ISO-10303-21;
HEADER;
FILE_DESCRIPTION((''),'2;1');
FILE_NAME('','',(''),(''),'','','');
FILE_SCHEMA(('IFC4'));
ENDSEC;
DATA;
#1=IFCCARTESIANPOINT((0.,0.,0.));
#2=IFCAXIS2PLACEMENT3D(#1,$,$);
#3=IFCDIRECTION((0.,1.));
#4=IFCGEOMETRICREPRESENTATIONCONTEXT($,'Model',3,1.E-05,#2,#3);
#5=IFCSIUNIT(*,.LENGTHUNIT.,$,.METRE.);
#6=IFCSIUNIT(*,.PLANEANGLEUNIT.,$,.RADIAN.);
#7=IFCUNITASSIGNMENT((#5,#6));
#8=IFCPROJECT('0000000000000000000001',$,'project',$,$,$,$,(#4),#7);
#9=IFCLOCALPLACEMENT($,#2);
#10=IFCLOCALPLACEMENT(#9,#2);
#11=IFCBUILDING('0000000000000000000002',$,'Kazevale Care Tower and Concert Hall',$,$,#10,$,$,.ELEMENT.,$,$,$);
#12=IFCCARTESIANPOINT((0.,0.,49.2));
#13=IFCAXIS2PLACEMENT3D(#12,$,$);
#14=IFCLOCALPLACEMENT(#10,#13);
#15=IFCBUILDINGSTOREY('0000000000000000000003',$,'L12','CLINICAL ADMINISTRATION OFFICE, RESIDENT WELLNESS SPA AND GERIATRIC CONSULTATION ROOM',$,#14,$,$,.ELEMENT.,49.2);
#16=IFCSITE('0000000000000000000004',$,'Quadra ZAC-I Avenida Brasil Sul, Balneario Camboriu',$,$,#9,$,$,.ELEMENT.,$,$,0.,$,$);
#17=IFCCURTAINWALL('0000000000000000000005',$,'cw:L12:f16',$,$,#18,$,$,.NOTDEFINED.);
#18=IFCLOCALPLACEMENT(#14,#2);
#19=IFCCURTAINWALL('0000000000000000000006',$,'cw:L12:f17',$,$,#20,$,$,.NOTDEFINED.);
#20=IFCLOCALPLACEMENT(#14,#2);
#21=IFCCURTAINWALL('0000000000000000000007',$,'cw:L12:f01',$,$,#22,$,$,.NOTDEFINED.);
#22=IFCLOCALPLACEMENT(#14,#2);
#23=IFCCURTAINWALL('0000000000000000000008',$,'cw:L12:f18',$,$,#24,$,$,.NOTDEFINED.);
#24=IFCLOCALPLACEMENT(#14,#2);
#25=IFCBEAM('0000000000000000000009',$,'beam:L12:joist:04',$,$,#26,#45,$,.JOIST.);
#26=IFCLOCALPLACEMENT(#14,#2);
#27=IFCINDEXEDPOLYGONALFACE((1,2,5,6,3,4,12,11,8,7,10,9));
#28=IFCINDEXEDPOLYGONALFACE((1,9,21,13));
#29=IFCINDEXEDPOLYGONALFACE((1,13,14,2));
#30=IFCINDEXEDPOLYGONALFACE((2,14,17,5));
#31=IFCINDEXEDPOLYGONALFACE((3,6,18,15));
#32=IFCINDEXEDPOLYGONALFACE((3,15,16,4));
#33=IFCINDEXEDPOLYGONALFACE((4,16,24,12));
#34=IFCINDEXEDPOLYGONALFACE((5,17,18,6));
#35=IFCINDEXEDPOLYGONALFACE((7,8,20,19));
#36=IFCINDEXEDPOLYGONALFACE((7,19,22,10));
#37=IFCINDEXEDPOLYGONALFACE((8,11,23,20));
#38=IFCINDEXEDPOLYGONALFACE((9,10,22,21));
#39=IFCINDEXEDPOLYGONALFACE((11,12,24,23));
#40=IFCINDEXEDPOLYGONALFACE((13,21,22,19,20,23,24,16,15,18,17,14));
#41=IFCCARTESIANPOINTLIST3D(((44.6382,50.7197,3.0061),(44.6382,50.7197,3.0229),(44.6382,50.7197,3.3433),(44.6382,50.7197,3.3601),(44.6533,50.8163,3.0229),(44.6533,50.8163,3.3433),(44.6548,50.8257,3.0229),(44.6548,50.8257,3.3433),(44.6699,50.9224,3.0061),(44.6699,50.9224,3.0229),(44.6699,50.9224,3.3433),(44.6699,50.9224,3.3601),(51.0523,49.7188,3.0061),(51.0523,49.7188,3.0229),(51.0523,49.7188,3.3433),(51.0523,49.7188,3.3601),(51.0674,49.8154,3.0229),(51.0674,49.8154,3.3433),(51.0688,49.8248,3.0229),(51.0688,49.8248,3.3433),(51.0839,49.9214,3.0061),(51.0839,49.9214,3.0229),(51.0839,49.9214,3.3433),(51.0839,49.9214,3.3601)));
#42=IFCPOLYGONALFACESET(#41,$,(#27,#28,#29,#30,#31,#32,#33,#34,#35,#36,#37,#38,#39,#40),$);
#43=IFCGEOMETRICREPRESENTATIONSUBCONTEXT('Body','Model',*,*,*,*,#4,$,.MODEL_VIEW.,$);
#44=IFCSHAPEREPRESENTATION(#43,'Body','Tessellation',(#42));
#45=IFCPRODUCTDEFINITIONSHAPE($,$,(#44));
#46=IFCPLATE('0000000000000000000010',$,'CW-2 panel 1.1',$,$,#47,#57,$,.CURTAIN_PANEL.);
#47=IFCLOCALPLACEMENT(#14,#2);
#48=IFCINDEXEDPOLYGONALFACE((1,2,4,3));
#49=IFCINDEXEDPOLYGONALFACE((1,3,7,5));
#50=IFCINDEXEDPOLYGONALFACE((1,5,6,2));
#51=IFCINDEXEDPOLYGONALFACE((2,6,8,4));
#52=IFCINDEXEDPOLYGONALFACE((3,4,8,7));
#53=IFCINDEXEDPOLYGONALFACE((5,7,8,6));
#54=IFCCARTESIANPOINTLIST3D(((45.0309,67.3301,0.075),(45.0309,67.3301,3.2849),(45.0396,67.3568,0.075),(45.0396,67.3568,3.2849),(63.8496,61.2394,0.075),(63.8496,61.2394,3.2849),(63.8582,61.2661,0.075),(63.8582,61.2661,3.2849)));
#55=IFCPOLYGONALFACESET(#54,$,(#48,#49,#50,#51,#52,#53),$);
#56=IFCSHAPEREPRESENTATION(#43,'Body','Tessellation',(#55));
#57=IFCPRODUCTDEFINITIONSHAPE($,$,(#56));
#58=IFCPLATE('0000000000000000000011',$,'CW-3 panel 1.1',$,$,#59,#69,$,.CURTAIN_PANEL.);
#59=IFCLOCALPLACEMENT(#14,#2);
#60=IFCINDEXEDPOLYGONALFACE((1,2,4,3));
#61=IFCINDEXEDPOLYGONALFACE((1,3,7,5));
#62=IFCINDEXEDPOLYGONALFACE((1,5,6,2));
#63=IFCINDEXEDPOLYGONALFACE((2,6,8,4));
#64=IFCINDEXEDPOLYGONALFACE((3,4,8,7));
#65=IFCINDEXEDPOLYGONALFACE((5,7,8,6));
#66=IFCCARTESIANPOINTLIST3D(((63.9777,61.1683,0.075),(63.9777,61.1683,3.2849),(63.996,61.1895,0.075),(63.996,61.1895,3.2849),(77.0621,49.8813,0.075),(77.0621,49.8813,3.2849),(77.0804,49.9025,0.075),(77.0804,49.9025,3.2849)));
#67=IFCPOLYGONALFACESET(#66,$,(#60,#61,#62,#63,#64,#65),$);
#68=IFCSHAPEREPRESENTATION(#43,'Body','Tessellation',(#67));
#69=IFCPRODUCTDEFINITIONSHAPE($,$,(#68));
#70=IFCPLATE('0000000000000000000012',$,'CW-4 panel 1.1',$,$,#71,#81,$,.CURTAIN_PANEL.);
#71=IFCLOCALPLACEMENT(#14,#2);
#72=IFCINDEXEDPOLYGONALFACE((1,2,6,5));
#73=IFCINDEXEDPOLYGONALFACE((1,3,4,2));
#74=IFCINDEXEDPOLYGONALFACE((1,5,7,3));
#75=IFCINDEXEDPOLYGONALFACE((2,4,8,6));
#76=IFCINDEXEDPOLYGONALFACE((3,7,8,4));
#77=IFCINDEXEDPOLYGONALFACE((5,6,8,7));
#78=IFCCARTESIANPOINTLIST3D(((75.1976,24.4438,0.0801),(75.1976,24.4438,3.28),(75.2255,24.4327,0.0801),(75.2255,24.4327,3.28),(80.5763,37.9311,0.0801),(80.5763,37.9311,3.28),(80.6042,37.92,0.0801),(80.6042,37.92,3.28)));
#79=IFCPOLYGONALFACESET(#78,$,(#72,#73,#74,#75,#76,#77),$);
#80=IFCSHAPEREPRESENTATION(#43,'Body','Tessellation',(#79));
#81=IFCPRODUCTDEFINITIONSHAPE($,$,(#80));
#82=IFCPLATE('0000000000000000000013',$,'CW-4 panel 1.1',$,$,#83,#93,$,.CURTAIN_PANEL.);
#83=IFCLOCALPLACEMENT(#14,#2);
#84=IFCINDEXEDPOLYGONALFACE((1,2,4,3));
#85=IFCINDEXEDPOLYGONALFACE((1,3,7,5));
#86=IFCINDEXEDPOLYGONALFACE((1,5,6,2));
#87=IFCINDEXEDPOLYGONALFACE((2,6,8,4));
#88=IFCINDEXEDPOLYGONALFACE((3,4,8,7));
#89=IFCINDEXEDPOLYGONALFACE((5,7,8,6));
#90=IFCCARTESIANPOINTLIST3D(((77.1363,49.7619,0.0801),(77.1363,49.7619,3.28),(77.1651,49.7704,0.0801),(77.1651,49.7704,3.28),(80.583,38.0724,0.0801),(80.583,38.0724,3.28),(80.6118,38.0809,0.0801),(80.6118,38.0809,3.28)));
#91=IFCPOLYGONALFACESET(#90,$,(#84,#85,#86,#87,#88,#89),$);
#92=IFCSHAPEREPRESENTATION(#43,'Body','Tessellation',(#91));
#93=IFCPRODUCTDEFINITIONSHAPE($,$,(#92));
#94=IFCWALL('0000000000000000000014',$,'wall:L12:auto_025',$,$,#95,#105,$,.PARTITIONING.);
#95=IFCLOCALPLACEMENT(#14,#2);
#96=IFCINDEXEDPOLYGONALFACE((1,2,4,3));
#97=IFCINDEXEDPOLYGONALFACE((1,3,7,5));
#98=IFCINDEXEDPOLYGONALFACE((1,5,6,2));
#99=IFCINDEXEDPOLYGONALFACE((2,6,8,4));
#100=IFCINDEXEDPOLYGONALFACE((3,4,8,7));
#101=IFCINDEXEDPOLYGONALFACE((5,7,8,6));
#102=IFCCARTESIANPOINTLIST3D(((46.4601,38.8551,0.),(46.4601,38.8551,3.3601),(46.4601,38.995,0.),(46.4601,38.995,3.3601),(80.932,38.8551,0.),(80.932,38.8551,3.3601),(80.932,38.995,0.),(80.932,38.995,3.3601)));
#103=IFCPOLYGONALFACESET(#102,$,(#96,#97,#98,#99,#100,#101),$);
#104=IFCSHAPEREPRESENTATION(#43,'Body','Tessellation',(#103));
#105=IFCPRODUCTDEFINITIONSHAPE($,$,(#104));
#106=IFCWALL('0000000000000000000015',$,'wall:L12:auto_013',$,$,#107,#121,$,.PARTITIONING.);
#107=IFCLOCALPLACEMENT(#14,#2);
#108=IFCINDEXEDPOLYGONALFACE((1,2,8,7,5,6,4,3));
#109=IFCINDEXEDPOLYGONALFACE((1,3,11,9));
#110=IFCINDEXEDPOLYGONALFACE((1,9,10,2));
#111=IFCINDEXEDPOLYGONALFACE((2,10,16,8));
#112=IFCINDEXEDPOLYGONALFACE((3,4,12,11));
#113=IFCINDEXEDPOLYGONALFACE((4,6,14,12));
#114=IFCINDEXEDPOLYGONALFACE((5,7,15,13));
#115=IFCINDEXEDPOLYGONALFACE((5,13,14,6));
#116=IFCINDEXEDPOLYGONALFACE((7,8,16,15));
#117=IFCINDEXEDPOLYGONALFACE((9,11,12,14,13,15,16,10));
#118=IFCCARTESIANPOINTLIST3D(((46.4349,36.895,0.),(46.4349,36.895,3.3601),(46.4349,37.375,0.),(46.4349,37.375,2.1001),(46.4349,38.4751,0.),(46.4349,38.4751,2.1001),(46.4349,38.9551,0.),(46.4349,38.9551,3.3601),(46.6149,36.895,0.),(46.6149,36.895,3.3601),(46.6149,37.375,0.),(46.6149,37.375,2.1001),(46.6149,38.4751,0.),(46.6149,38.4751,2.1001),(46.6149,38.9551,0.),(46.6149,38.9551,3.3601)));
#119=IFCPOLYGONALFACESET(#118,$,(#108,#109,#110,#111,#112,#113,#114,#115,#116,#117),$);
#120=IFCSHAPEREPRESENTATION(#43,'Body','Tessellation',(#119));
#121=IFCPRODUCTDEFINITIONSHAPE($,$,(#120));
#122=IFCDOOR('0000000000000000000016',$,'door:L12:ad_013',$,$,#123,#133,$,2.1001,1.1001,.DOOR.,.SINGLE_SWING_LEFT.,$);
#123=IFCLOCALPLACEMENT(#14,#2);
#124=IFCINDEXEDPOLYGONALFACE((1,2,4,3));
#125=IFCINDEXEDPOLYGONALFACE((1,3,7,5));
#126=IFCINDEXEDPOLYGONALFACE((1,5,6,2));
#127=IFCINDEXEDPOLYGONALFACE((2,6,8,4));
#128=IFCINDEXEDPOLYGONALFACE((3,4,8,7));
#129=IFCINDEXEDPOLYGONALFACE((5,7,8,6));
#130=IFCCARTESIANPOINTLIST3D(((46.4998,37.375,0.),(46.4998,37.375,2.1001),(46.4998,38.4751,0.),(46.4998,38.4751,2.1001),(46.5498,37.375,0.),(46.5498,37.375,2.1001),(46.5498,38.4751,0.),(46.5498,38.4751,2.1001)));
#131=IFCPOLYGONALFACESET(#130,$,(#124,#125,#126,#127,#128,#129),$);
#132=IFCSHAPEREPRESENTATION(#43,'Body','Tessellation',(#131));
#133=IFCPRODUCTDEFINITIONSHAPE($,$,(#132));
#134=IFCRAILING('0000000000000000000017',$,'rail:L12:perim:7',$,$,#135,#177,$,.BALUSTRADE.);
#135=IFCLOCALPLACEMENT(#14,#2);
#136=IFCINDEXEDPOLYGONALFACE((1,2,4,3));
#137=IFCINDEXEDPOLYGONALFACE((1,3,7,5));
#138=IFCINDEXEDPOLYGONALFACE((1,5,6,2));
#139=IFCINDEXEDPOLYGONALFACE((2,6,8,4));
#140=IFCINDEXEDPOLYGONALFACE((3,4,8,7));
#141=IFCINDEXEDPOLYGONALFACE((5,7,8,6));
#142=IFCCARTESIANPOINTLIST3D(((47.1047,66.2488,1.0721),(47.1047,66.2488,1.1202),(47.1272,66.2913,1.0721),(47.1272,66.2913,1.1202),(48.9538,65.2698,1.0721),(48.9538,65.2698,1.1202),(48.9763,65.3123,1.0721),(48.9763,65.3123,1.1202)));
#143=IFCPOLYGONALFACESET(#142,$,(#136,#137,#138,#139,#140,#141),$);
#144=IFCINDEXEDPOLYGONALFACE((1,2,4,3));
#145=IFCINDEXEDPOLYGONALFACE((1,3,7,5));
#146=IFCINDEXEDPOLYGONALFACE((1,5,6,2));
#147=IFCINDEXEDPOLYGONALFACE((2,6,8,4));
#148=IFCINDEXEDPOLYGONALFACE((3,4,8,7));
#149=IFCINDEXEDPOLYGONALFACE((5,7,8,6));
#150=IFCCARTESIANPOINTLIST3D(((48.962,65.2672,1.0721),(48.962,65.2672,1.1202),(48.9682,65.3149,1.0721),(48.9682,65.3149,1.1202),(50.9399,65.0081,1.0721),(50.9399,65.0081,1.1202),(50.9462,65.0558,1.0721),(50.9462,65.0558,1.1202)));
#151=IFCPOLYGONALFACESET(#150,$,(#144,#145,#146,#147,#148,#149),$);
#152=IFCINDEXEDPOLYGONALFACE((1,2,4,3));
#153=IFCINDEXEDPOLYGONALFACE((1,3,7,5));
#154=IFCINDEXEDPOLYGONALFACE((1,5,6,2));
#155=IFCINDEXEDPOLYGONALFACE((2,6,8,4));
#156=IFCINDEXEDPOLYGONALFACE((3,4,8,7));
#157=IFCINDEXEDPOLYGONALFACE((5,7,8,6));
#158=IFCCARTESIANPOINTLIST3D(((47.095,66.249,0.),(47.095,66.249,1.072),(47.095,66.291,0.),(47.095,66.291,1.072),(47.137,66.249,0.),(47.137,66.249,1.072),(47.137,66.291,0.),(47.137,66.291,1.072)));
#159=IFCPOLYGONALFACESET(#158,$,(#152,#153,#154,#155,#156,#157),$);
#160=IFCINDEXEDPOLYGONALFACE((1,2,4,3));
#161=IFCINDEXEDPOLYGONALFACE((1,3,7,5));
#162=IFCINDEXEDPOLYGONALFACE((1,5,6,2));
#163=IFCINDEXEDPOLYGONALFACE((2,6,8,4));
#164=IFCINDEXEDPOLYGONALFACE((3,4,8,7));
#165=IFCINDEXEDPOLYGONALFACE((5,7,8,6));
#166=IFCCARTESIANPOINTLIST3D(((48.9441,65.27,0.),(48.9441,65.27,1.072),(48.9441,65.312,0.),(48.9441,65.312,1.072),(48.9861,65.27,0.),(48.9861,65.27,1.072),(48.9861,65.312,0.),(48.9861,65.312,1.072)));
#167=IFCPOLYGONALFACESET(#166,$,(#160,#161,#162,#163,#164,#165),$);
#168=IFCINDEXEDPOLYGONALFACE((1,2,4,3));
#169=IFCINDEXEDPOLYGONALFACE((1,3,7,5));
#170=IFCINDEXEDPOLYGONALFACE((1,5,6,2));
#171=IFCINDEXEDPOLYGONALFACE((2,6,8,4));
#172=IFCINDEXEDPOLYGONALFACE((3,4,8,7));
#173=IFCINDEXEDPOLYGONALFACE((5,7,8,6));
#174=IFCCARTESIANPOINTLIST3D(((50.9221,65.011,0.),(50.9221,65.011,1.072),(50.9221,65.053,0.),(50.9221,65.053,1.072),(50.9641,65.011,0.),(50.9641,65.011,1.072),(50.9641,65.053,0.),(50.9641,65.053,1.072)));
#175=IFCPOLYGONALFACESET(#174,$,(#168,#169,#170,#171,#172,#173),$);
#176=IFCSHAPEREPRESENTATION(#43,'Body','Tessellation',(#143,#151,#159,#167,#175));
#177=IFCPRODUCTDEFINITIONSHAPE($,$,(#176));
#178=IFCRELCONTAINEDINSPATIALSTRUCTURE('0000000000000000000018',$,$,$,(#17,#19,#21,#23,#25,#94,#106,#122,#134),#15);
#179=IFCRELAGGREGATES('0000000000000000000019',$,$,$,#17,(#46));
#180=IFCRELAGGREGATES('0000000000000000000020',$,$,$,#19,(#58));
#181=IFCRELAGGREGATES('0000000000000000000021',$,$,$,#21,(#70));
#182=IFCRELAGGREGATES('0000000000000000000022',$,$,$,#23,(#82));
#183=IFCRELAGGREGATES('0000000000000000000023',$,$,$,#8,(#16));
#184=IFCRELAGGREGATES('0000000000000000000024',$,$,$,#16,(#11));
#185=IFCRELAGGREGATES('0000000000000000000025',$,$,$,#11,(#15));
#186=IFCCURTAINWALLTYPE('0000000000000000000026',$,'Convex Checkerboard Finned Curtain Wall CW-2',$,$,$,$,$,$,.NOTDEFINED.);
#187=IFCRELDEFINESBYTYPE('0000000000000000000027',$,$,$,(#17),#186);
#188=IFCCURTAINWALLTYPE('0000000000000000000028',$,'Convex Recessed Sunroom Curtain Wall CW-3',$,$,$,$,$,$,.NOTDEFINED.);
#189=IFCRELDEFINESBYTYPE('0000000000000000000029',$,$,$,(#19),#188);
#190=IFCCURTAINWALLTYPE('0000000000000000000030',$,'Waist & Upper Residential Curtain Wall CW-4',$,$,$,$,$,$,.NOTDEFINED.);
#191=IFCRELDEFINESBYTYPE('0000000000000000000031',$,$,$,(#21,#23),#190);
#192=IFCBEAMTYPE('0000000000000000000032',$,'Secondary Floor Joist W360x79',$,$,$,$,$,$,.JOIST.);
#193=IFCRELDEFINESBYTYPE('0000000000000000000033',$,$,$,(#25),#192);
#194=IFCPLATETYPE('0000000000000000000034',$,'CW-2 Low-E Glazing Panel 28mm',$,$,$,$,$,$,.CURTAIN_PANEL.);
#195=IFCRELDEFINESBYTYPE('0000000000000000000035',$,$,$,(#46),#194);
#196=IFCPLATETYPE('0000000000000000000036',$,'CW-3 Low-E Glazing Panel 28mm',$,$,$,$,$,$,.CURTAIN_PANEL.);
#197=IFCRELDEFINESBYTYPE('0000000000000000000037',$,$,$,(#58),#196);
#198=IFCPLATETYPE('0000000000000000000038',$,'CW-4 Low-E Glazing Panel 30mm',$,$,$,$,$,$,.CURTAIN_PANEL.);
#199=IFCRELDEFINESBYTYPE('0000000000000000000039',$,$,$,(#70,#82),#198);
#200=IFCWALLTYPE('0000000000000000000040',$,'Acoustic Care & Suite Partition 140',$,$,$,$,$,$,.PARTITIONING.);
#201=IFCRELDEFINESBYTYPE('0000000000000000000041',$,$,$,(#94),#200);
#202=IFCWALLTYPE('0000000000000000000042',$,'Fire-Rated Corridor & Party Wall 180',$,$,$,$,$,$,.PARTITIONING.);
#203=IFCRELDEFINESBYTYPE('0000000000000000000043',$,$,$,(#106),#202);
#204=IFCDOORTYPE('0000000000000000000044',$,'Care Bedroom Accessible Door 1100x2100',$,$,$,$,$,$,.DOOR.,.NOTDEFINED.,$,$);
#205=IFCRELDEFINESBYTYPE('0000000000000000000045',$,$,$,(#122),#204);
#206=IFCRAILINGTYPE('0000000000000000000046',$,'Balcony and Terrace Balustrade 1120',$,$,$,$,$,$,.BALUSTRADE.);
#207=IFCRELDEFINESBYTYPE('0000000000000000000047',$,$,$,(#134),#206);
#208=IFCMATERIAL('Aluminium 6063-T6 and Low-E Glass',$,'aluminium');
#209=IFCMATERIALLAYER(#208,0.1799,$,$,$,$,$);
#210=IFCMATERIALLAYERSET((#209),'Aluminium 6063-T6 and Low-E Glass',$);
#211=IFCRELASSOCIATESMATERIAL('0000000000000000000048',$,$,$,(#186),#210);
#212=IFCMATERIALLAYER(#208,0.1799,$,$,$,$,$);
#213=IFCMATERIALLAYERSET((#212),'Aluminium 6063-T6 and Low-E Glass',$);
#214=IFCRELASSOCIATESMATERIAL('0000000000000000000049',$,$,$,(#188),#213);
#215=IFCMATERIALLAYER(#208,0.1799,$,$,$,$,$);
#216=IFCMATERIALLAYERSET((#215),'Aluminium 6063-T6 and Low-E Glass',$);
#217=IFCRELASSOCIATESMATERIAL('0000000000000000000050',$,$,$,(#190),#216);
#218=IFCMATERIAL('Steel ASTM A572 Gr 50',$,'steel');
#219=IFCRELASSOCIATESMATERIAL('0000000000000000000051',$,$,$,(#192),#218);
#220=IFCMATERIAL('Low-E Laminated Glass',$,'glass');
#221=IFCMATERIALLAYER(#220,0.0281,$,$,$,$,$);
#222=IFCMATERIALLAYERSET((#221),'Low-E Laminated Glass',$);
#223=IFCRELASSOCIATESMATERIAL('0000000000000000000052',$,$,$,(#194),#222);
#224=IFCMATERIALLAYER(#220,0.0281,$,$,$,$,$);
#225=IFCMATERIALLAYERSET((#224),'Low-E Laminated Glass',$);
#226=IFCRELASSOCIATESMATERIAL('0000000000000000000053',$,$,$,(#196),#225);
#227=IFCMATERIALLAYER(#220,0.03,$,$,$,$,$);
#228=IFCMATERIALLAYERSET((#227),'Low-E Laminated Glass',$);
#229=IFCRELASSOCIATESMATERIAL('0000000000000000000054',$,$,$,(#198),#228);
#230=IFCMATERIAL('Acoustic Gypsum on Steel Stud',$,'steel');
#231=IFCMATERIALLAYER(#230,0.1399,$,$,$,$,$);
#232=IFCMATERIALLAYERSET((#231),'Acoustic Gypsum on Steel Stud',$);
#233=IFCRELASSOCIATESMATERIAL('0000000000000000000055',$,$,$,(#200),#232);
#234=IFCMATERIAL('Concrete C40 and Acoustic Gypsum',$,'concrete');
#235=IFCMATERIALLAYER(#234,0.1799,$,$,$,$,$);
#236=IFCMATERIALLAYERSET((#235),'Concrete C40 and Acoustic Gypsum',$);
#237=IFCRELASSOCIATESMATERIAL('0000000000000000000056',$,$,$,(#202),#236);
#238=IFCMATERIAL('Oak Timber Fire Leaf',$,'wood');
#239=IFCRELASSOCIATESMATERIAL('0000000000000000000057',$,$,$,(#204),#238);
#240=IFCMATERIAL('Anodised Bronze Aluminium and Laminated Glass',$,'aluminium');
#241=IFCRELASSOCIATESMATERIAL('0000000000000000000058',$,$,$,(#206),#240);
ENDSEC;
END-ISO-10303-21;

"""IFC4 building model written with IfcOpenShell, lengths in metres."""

from ifc_helpers import new_model, si_unit, direction, frame, frame_2d, origin, origin_2d, place, context, subcontext, project, spatial, rectangle, i_section, extrude, material, layer, layer_set, material_profile, profile_set, type_object, element, fill, aggregate, save


model = new_model("IFC4")

# Units and contexts
model_context = context("Model", 3, precision=1e-05, world=origin(), true_north=direction((0.0, 1.0)))
body_context = subcontext(model_context, "Body", "Model", "MODEL_VIEW")
ifc_project = project(units=[si_unit("LENGTHUNIT", "METRE"), si_unit("PLANEANGLEUNIT", "RADIAN")], contexts=[model_context])

# Site, building, storey
site_placement = place(None, origin())
site = spatial("IfcSite", under=ifc_project, at=site_placement, Name="Quadra ZAC-I Avenida Brasil Sul, Balneario Camboriu", CompositionType="ELEMENT", RefElevation=0.0)
building_placement = place(site_placement, origin())
building = spatial("IfcBuilding", under=site, at=building_placement, Name="Kazevale Care Tower and Concert Hall", CompositionType="ELEMENT")
storey_placement = place(building_placement, frame((0.0, 0.0, 49.2)))
storey = spatial("IfcBuildingStorey", under=building, at=storey_placement, Name="L12", Description="CLINICAL ADMINISTRATION OFFICE, RESIDENT WELLNESS SPA AND GERIATRIC CONSULTATION ROOM", CompositionType="ELEMENT", Elevation=49.2)

# Curtain wall
ifc_material_1 = material(Name="Aluminium 6063-T6 and Low-E Glass", Category="aluminium")
ifc_layer_1 = layer(ifc_material_1, 0.1799)
ifc_layer_set_1 = layer_set([ifc_layer_1], Name="Aluminium 6063-T6 and Low-E Glass")
curtain_wall_type_1 = type_object("IfcCurtainWallType", Name="Convex Checkerboard Finned Curtain Wall CW-2", PredefinedType="NOTDEFINED", material=ifc_layer_set_1)
curtain_wall_1_placement = place(storey_placement, origin())
curtain_wall_1 = element("IfcCurtainWall", 1, at=curtain_wall_1_placement, inside=storey, type_object=curtain_wall_type_1, Name="cw:L12:f16", PredefinedType="NOTDEFINED")

# Curtain wall
ifc_layer_2 = layer(ifc_material_1, 0.1799)
ifc_layer_set_2 = layer_set([ifc_layer_2], Name="Aluminium 6063-T6 and Low-E Glass")
curtain_wall_type_2 = type_object("IfcCurtainWallType", Name="Convex Recessed Sunroom Curtain Wall CW-3", PredefinedType="NOTDEFINED", material=ifc_layer_set_2)
curtain_wall_2_placement = place(storey_placement, origin())
curtain_wall_2 = element("IfcCurtainWall", 2, at=curtain_wall_2_placement, inside=storey, type_object=curtain_wall_type_2, Name="cw:L12:f17", PredefinedType="NOTDEFINED")

# Curtain wall
ifc_layer_3 = layer(ifc_material_1, 0.1799)
ifc_layer_set_3 = layer_set([ifc_layer_3], Name="Aluminium 6063-T6 and Low-E Glass")
curtain_wall_type_3 = type_object("IfcCurtainWallType", Name="Waist & Upper Residential Curtain Wall CW-4", PredefinedType="NOTDEFINED", material=ifc_layer_set_3)
curtain_wall_3_placement = place(storey_placement, origin())
curtain_wall_3 = element("IfcCurtainWall", 3, at=curtain_wall_3_placement, inside=storey, type_object=curtain_wall_type_3, Name="cw:L12:f01", PredefinedType="NOTDEFINED")

# Curtain wall
curtain_wall_4_placement = place(storey_placement, origin())
curtain_wall_4 = element("IfcCurtainWall", 4, at=curtain_wall_4_placement, inside=storey, type_object=curtain_wall_type_3, Name="cw:L12:f18", PredefinedType="NOTDEFINED")

# Beam
ifc_material_2 = material(Name="Steel ASTM A572 Gr 50", Category="steel")
ifc_material_profile_1 = material_profile(ifc_material_2, i_section(OverallWidth=0.2051, OverallDepth=0.354, WebThickness=0.0095, FlangeThickness=0.0168, at=origin_2d()), Name="W360x79")
ifc_profile_set_1 = profile_set([ifc_material_profile_1], Name="Steel ASTM A572 Gr 50")
beam_type_1 = type_object("IfcBeamType", Name="Secondary Floor Joist W360x79", PredefinedType="JOIST", material=ifc_profile_set_1)
beam_1_placement = place(storey_placement, frame((51.0681, 49.8201, 3.1831), z_axis=(-0.988041, 0.154193, 0.0), x_axis=(-0.154193, -0.988041, 0.0)))
element("IfcBeam", 5, at=beam_1_placement, inside=storey, type_object=beam_type_1, Name="beam:L12:joist:04", PredefinedType="JOIST", context=body_context, shape_type="SweptSolid", body=[
    extrude(i_section(OverallWidth=0.2051, OverallDepth=0.354, WebThickness=0.0095, FlangeThickness=0.0168, at=origin_2d()), origin(), (0.0, 0.0, 1.0), 6.4917),
])

# Plates
ifc_material_3 = material(Name="Low-E Laminated Glass", Category="glass")
ifc_layer_4 = layer(ifc_material_3, 0.0281)
ifc_layer_set_4 = layer_set([ifc_layer_4], Name="Low-E Laminated Glass")
plate_type_1 = type_object("IfcPlateType", Name="CW-2 Low-E Glazing Panel 28mm", PredefinedType="CURTAIN_PANEL", material=ifc_layer_set_4)
plate_1_placement = place(storey_placement, frame((54.4446, 64.2981, 0.075), z_axis=(0.0, 0.0, 1.0), x_axis=(0.95141, -0.307926, 0.0)))
plate_1 = element("IfcPlate", 6, at=plate_1_placement, type_object=plate_type_1, Name="CW-2 panel 1.1", PredefinedType="CURTAIN_PANEL", context=body_context, shape_type="SweptSolid", body=[
    extrude(rectangle(XDim=19.7798, YDim=0.0281, at=origin_2d()), origin(), (0.0, 0.0, 1.0), 3.21),
])
aggregate(curtain_wall_1, [plate_1])
ifc_layer_5 = layer(ifc_material_3, 0.0281)
ifc_layer_set_5 = layer_set([ifc_layer_5], Name="Low-E Laminated Glass")
plate_type_2 = type_object("IfcPlateType", Name="CW-3 Low-E Glazing Panel 28mm", PredefinedType="CURTAIN_PANEL", material=ifc_layer_set_5)
plate_2_placement = place(storey_placement, frame((70.5291, 55.5354, 0.075), z_axis=(0.0, 0.0, 1.0), x_axis=(0.7572, -0.653184, 0.0)))
plate_2 = element("IfcPlate", 7, at=plate_2_placement, type_object=plate_type_2, Name="CW-3 panel 1.1", PredefinedType="CURTAIN_PANEL", context=body_context, shape_type="SweptSolid", body=[
    extrude(rectangle(XDim=17.28, YDim=0.0281, at=origin_2d()), origin(), (0.0, 0.0, 1.0), 3.21),
])
aggregate(curtain_wall_2, [plate_2])
ifc_layer_6 = layer(ifc_material_3, 0.03)
ifc_layer_set_6 = layer_set([ifc_layer_6], Name="Low-E Laminated Glass")
plate_type_3 = type_object("IfcPlateType", Name="CW-4 Low-E Glazing Panel 30mm", PredefinedType="CURTAIN_PANEL", material=ifc_layer_set_6)
plate_3_placement = place(storey_placement, frame((77.9009, 31.1819, 0.0801), z_axis=(0.0, 0.0, 1.0), x_axis=(-0.370427, -0.928861, 0.0)))
plate_3 = element("IfcPlate", 8, at=plate_3_placement, type_object=plate_type_3, Name="CW-4 panel 1.1", PredefinedType="CURTAIN_PANEL", context=body_context, shape_type="SweptSolid", body=[
    extrude(rectangle(XDim=14.5203, YDim=0.03, at=origin_2d()), origin(), (0.0, 0.0, 1.0), 3.2),
])
aggregate(curtain_wall_3, [plate_3])
plate_4_placement = place(storey_placement, frame((78.874, 43.9214, 0.0801), z_axis=(0.0, 0.0, 1.0), x_axis=(0.28282, -0.959173, 0.0)))
plate_4 = element("IfcPlate", 9, at=plate_4_placement, type_object=plate_type_3, Name="CW-4 panel 1.1", PredefinedType="CURTAIN_PANEL", context=body_context, shape_type="SweptSolid", body=[
    extrude(rectangle(XDim=12.187, YDim=0.03, at=origin_2d()), origin(), (0.0, 0.0, 1.0), 3.2),
])
aggregate(curtain_wall_4, [plate_4])

# Wall
ifc_material_4 = material(Name="Acoustic Gypsum on Steel Stud", Category="steel")
ifc_layer_7 = layer(ifc_material_4, 0.1399)
ifc_layer_set_7 = layer_set([ifc_layer_7], Name="Acoustic Gypsum on Steel Stud")
wall_type_1 = type_object("IfcWallType", Name="Acoustic Care & Suite Partition 140", PredefinedType="PARTITIONING", material=ifc_layer_set_7)
wall_1_placement = place(storey_placement, frame((80.9319, 38.925, 0.0), z_axis=(0.0, 0.0, 1.0), x_axis=(-1.0, 0.0, 0.0)))
element("IfcWall", 10, at=wall_1_placement, inside=storey, type_object=wall_type_1, Name="wall:L12:auto_025", PredefinedType="PARTITIONING", context=body_context, shape_type="SweptSolid", body=[
    extrude(rectangle(XDim=34.4719, YDim=0.1399, at=frame_2d((17.2358, 0.0))), origin(), (0.0, 0.0, 1.0), 3.3601),
])

# Wall, opening, door
ifc_material_5 = material(Name="Concrete C40 and Acoustic Gypsum", Category="concrete")
ifc_layer_8 = layer(ifc_material_5, 0.1799)
ifc_layer_set_8 = layer_set([ifc_layer_8], Name="Concrete C40 and Acoustic Gypsum")
wall_type_2 = type_object("IfcWallType", Name="Fire-Rated Corridor & Party Wall 180", PredefinedType="PARTITIONING", material=ifc_layer_set_8)
wall_2_placement = place(storey_placement, frame((46.5249, 38.9551, 0.0), z_axis=(0.0, 0.0, 1.0), x_axis=(0.0, -1.0, 0.0)))
wall_2 = element("IfcWall", 11, at=wall_2_placement, inside=storey, type_object=wall_type_2, Name="wall:L12:auto_013", PredefinedType="PARTITIONING", context=body_context, shape_type="SweptSolid", body=[
    extrude(rectangle(XDim=2.0601, YDim=0.1799, at=frame_2d((1.03, 0.0))), origin(), (0.0, 0.0, 1.0), 3.3601),
])
opening_placement = place(wall_2_placement, frame((0.48, 0.0, 0.0)))
opening = element("IfcOpeningElement", 12, at=opening_placement, cuts=wall_2, PredefinedType="OPENING", context=body_context, shape_type="SweptSolid", body=[
    extrude(rectangle(XDim=1.1001, YDim=2.1001, at=frame_2d((0.55, 1.05))), frame((0.0, 0.0999, 0.0), z_axis=(0.0, -1.0, 0.0), x_axis=(1.0, 0.0, 0.0)), (0.0, 0.0, 1.0), 0.2),
])
ifc_material_6 = material(Name="Oak Timber Fire Leaf", Category="wood")
door_type = type_object("IfcDoorType", Name="Care Bedroom Accessible Door 1100x2100", OperationType="NOTDEFINED", PredefinedType="DOOR", material=ifc_material_6)
door_placement = place(opening_placement, origin())
door = element("IfcDoor", 13, at=door_placement, inside=storey, type_object=door_type, Name="door:L12:ad_013", OperationType="SINGLE_SWING_LEFT", OverallHeight=2.1001, OverallWidth=1.1001, PredefinedType="DOOR", context=body_context, shape_type="SweptSolid", body=[
    extrude(rectangle(XDim=1.1001, YDim=2.1001, at=frame_2d((0.55, 1.05))), frame((0.0, 0.0249, 0.0), z_axis=(0.0, -1.0, 0.0), x_axis=(1.0, 0.0, 0.0)), (0.0, 0.0, 1.0), 0.05),
])
fill(opening, door)

# Railing
ifc_material_7 = material(Name="Anodised Bronze Aluminium and Laminated Glass", Category="aluminium")
railing_type = type_object("IfcRailingType", Name="Balcony and Terrace Balustrade 1120", PredefinedType="BALUSTRADE", material=ifc_material_7)
railing_1_placement = place(storey_placement, frame((47.116, 66.27, 0.0)))
element("IfcRailing", 14, at=railing_1_placement, inside=storey, type_object=railing_type, Name="rail:L12:perim:7", PredefinedType="BALUSTRADE", context=body_context, shape_type="SweptSolid", body=[
    extrude(rectangle(XDim=0.0481, YDim=0.0481, at=origin_2d()), frame((0.0, 0.0, 1.0962), z_axis=(0.883777, -0.467909, 0.0), x_axis=(0.467909, 0.883777, 0.0)), (0.0, 0.0, 1.0), 2.0923),
    extrude(rectangle(XDim=0.0481, YDim=0.0481, at=origin_2d()), frame((1.8491, -0.979, 1.0962), z_axis=(0.991534, -0.129847, 0.0), x_axis=(0.129847, 0.991534, 0.0)), (0.0, 0.0, 1.0), 1.9949),
    extrude(rectangle(XDim=0.042, YDim=0.042, at=origin_2d()), origin(), (0.0, 0.0, 1.0), 1.072),
    extrude(rectangle(XDim=0.042, YDim=0.042, at=origin_2d()), frame((1.8491, -0.979, 0.0)), (0.0, 0.0, 1.0), 1.072),
    extrude(rectangle(XDim=0.042, YDim=0.042, at=origin_2d()), frame((3.8271, -1.238, 0.0)), (0.0, 0.0, 1.0), 1.072),
])

save(model, "model.ifc")
